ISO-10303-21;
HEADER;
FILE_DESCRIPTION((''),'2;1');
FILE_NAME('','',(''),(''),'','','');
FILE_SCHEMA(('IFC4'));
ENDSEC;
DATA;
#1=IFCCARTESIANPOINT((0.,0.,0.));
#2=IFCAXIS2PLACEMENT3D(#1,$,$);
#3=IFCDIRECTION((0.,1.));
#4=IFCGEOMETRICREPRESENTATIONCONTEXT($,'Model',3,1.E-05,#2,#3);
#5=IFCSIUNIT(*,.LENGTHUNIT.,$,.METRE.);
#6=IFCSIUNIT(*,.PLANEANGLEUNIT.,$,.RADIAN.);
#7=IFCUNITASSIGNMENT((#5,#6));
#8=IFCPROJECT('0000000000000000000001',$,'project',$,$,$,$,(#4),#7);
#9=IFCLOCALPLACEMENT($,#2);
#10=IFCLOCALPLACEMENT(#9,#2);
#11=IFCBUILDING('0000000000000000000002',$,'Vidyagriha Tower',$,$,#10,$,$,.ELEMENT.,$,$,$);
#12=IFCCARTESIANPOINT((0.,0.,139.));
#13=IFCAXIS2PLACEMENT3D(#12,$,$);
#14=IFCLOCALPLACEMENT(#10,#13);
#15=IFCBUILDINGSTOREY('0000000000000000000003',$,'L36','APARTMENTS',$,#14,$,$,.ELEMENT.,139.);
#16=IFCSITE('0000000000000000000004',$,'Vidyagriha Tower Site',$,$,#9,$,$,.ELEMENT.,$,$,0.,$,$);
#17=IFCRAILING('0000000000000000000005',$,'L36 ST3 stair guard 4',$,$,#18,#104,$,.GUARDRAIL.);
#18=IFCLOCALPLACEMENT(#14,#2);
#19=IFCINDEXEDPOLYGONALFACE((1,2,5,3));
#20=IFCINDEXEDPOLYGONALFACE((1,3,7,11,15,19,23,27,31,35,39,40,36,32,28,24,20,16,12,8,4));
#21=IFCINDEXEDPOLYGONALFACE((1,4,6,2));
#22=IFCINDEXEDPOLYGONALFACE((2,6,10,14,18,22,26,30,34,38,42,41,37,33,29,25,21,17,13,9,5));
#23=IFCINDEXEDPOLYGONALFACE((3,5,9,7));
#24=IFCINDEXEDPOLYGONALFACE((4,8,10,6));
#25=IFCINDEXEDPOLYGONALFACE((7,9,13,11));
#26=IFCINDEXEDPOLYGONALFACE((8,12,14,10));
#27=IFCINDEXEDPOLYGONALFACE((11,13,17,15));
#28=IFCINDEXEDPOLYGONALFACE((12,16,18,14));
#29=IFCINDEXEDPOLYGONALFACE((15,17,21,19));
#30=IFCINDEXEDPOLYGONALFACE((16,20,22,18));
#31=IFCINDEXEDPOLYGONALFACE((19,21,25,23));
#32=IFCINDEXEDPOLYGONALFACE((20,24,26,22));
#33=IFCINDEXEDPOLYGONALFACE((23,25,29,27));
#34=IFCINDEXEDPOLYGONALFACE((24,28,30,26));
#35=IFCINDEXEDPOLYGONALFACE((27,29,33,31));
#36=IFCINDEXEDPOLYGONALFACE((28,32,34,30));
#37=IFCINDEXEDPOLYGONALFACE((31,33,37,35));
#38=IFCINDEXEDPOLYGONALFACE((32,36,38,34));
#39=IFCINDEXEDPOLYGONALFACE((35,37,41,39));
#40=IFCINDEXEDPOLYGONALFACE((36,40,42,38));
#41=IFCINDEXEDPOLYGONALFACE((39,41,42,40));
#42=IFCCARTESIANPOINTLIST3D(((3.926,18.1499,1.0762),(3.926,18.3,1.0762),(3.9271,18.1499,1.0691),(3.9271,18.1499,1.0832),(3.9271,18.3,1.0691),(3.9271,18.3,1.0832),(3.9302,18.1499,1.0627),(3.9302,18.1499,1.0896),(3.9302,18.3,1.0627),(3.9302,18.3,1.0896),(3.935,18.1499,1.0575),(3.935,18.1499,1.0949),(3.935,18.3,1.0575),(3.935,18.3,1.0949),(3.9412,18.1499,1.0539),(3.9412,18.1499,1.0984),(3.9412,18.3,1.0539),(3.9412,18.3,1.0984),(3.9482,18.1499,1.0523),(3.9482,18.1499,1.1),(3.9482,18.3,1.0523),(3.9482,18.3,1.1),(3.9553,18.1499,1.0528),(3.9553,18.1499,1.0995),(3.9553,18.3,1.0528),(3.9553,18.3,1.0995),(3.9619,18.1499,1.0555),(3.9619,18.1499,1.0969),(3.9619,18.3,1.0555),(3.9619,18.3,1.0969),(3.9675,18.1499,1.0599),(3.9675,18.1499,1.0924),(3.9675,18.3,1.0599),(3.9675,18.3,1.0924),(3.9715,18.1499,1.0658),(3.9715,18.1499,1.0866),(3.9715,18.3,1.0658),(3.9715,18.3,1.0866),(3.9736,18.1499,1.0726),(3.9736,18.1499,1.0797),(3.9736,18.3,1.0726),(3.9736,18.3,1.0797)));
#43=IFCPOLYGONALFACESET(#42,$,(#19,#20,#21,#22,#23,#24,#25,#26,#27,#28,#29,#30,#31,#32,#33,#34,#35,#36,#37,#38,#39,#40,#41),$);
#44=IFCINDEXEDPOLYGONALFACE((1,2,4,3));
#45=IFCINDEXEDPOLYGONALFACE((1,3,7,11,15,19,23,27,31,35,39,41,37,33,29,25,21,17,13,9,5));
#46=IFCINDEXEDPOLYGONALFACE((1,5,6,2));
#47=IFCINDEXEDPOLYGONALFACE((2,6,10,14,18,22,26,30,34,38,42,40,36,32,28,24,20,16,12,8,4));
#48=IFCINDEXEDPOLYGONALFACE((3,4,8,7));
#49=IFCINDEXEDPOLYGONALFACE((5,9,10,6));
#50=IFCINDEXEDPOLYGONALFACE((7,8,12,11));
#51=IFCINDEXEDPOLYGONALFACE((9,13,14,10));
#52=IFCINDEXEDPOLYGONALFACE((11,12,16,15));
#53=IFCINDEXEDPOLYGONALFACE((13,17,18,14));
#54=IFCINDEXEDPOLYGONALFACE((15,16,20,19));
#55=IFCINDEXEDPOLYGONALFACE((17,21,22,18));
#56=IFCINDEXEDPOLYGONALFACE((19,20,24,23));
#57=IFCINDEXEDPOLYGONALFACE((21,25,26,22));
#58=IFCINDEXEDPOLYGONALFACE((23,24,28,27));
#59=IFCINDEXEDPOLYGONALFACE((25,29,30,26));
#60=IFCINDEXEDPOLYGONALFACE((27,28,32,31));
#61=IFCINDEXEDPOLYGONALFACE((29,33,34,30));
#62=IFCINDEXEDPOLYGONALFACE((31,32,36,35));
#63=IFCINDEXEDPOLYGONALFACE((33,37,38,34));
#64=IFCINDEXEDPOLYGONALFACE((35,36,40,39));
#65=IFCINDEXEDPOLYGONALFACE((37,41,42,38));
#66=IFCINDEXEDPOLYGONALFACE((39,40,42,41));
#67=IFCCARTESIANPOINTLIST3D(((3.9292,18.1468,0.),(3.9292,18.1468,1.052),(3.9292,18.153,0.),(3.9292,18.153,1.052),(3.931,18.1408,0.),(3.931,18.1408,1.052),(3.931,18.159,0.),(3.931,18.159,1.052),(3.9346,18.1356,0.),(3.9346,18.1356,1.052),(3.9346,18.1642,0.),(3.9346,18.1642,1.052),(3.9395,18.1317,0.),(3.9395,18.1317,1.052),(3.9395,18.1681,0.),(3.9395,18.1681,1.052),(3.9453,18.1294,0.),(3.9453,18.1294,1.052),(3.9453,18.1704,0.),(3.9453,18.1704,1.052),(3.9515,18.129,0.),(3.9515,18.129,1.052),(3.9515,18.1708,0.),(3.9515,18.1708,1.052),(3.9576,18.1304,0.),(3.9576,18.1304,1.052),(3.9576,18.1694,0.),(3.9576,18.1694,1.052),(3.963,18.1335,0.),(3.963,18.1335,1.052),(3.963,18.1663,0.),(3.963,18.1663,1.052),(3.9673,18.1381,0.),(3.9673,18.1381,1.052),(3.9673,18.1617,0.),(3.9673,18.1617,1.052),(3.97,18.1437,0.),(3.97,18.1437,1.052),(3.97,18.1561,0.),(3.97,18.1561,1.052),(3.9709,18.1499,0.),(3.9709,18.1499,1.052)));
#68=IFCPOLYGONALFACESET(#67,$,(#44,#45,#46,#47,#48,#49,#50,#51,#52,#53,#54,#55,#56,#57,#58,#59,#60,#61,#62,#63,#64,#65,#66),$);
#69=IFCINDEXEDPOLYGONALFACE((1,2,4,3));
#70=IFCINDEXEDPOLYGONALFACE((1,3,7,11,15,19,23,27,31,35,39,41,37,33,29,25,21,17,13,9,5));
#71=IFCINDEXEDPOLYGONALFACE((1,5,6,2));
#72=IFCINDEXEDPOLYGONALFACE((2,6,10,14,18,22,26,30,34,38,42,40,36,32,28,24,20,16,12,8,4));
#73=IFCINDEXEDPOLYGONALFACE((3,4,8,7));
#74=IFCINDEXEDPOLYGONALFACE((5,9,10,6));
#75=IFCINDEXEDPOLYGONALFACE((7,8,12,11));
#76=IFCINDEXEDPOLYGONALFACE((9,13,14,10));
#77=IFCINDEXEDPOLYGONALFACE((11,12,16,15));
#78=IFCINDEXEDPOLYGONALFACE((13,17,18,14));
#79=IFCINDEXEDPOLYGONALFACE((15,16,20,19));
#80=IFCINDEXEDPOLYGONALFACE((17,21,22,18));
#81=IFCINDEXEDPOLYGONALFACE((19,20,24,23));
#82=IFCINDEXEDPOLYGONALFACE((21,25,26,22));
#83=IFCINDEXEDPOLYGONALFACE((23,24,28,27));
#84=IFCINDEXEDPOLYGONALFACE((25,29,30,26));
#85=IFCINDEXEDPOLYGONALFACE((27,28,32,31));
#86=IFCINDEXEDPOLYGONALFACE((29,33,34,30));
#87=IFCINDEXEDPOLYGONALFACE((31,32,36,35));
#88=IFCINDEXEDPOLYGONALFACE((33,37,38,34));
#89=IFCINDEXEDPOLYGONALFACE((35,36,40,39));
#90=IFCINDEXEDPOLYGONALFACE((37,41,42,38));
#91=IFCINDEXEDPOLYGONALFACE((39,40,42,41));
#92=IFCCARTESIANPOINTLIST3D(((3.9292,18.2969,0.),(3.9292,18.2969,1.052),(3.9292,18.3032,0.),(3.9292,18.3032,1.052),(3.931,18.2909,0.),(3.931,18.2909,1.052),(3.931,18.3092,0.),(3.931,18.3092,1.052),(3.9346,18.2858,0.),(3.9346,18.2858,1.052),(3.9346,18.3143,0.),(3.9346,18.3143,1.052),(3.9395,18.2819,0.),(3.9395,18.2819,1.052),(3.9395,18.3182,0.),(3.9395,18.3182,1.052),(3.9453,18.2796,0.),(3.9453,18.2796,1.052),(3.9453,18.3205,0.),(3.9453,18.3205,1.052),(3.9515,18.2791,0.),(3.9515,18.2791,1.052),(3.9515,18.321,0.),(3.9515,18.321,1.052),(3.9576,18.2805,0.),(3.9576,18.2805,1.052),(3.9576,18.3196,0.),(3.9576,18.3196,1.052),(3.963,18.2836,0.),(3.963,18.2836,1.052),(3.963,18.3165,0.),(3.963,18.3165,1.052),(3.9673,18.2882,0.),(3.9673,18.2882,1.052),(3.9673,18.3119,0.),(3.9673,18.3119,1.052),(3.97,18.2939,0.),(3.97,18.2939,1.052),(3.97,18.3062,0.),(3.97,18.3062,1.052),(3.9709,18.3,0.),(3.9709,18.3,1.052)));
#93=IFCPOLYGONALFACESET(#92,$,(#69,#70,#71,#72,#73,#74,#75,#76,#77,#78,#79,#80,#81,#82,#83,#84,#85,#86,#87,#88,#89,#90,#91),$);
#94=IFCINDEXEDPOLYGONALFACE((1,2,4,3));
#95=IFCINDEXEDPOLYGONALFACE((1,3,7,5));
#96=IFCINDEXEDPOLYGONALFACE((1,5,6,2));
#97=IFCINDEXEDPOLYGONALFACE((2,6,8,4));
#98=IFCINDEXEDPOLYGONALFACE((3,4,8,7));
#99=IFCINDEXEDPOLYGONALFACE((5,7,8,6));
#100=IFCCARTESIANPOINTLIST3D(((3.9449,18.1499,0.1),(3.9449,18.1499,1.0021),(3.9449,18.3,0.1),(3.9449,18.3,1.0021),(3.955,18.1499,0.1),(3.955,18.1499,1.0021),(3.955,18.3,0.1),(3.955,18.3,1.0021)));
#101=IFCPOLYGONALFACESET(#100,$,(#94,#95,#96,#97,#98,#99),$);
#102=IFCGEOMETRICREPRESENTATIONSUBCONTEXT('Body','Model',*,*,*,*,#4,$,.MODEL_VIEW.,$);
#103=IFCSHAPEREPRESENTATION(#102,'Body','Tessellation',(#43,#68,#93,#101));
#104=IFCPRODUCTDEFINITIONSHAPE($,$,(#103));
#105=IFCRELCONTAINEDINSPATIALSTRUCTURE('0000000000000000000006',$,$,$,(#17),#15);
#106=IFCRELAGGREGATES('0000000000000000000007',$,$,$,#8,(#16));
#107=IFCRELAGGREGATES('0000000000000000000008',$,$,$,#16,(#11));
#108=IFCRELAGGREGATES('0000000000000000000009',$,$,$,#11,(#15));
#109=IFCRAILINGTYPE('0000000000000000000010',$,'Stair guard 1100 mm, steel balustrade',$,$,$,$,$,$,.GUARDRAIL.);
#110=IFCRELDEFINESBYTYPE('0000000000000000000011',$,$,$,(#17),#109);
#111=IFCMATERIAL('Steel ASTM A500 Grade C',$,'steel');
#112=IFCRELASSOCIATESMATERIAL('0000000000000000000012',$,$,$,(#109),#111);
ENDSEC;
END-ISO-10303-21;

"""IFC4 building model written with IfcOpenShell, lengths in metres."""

from ifc_helpers import new_model, si_unit, direction, frame, origin, origin_2d, place, context, subcontext, project, spatial, rectangle, circle, extrude, material, type_object, element, save


model = new_model("IFC4")

# Units and contexts
model_context = context("Model", 3, precision=1e-05, world=origin(), true_north=direction((0.0, 1.0)))
body_context = subcontext(model_context, "Body", "Model", "MODEL_VIEW")
ifc_project = project(units=[si_unit("LENGTHUNIT", "METRE"), si_unit("PLANEANGLEUNIT", "RADIAN")], contexts=[model_context])

# Site, building, storey
site_placement = place(None, origin())
site = spatial("IfcSite", under=ifc_project, at=site_placement, Name="Vidyagriha Tower Site", CompositionType="ELEMENT", RefElevation=0.0)
building_placement = place(site_placement, origin())
building = spatial("IfcBuilding", under=site, at=building_placement, Name="Vidyagriha Tower", CompositionType="ELEMENT")
storey_placement = place(building_placement, frame((0.0, 0.0, 139.0)))
storey = spatial("IfcBuildingStorey", under=building, at=storey_placement, Name="L36", Description="APARTMENTS", CompositionType="ELEMENT", Elevation=139.0)

# Railing
ifc_material_1 = material(Name="Steel ASTM A500 Grade C", Category="steel")
railing_type_1 = type_object("IfcRailingType", Name="Stair guard 1100 mm, steel balustrade", PredefinedType="GUARDRAIL", material=ifc_material_1)
railing_1_placement = place(storey_placement, frame((3.95, 18.1499, 0.0)))
element("IfcRailing", 1, at=railing_1_placement, inside=storey, type_object=railing_type_1, Name="L36 ST3 stair guard 4", PredefinedType="GUARDRAIL", context=body_context, shape_type="SweptSolid", body=[
    extrude(circle(Radius=0.0239, at=origin_2d()), frame((0.0, 0.0, 1.0762), z_axis=(0.0, 1.0, 0.0), x_axis=(-1.0, 0.0, 0.0)), (0.0, 0.0, 1.0), 0.1501),
    extrude(circle(Radius=0.021, at=origin_2d()), origin(), (0.0, 0.0, 1.0), 1.052),
    extrude(circle(Radius=0.021, at=origin_2d()), frame((0.0, 0.1501, 0.0)), (0.0, 0.0, 1.0), 1.052),
    extrude(rectangle(XDim=0.01, YDim=0.9021, at=origin_2d()), frame((0.0, 0.0, 0.551), z_axis=(0.0, 1.0, 0.0), x_axis=(-1.0, 0.0, 0.0)), (0.0, 0.0, 1.0), 0.1501),
])

save(model, "model.ifc")
